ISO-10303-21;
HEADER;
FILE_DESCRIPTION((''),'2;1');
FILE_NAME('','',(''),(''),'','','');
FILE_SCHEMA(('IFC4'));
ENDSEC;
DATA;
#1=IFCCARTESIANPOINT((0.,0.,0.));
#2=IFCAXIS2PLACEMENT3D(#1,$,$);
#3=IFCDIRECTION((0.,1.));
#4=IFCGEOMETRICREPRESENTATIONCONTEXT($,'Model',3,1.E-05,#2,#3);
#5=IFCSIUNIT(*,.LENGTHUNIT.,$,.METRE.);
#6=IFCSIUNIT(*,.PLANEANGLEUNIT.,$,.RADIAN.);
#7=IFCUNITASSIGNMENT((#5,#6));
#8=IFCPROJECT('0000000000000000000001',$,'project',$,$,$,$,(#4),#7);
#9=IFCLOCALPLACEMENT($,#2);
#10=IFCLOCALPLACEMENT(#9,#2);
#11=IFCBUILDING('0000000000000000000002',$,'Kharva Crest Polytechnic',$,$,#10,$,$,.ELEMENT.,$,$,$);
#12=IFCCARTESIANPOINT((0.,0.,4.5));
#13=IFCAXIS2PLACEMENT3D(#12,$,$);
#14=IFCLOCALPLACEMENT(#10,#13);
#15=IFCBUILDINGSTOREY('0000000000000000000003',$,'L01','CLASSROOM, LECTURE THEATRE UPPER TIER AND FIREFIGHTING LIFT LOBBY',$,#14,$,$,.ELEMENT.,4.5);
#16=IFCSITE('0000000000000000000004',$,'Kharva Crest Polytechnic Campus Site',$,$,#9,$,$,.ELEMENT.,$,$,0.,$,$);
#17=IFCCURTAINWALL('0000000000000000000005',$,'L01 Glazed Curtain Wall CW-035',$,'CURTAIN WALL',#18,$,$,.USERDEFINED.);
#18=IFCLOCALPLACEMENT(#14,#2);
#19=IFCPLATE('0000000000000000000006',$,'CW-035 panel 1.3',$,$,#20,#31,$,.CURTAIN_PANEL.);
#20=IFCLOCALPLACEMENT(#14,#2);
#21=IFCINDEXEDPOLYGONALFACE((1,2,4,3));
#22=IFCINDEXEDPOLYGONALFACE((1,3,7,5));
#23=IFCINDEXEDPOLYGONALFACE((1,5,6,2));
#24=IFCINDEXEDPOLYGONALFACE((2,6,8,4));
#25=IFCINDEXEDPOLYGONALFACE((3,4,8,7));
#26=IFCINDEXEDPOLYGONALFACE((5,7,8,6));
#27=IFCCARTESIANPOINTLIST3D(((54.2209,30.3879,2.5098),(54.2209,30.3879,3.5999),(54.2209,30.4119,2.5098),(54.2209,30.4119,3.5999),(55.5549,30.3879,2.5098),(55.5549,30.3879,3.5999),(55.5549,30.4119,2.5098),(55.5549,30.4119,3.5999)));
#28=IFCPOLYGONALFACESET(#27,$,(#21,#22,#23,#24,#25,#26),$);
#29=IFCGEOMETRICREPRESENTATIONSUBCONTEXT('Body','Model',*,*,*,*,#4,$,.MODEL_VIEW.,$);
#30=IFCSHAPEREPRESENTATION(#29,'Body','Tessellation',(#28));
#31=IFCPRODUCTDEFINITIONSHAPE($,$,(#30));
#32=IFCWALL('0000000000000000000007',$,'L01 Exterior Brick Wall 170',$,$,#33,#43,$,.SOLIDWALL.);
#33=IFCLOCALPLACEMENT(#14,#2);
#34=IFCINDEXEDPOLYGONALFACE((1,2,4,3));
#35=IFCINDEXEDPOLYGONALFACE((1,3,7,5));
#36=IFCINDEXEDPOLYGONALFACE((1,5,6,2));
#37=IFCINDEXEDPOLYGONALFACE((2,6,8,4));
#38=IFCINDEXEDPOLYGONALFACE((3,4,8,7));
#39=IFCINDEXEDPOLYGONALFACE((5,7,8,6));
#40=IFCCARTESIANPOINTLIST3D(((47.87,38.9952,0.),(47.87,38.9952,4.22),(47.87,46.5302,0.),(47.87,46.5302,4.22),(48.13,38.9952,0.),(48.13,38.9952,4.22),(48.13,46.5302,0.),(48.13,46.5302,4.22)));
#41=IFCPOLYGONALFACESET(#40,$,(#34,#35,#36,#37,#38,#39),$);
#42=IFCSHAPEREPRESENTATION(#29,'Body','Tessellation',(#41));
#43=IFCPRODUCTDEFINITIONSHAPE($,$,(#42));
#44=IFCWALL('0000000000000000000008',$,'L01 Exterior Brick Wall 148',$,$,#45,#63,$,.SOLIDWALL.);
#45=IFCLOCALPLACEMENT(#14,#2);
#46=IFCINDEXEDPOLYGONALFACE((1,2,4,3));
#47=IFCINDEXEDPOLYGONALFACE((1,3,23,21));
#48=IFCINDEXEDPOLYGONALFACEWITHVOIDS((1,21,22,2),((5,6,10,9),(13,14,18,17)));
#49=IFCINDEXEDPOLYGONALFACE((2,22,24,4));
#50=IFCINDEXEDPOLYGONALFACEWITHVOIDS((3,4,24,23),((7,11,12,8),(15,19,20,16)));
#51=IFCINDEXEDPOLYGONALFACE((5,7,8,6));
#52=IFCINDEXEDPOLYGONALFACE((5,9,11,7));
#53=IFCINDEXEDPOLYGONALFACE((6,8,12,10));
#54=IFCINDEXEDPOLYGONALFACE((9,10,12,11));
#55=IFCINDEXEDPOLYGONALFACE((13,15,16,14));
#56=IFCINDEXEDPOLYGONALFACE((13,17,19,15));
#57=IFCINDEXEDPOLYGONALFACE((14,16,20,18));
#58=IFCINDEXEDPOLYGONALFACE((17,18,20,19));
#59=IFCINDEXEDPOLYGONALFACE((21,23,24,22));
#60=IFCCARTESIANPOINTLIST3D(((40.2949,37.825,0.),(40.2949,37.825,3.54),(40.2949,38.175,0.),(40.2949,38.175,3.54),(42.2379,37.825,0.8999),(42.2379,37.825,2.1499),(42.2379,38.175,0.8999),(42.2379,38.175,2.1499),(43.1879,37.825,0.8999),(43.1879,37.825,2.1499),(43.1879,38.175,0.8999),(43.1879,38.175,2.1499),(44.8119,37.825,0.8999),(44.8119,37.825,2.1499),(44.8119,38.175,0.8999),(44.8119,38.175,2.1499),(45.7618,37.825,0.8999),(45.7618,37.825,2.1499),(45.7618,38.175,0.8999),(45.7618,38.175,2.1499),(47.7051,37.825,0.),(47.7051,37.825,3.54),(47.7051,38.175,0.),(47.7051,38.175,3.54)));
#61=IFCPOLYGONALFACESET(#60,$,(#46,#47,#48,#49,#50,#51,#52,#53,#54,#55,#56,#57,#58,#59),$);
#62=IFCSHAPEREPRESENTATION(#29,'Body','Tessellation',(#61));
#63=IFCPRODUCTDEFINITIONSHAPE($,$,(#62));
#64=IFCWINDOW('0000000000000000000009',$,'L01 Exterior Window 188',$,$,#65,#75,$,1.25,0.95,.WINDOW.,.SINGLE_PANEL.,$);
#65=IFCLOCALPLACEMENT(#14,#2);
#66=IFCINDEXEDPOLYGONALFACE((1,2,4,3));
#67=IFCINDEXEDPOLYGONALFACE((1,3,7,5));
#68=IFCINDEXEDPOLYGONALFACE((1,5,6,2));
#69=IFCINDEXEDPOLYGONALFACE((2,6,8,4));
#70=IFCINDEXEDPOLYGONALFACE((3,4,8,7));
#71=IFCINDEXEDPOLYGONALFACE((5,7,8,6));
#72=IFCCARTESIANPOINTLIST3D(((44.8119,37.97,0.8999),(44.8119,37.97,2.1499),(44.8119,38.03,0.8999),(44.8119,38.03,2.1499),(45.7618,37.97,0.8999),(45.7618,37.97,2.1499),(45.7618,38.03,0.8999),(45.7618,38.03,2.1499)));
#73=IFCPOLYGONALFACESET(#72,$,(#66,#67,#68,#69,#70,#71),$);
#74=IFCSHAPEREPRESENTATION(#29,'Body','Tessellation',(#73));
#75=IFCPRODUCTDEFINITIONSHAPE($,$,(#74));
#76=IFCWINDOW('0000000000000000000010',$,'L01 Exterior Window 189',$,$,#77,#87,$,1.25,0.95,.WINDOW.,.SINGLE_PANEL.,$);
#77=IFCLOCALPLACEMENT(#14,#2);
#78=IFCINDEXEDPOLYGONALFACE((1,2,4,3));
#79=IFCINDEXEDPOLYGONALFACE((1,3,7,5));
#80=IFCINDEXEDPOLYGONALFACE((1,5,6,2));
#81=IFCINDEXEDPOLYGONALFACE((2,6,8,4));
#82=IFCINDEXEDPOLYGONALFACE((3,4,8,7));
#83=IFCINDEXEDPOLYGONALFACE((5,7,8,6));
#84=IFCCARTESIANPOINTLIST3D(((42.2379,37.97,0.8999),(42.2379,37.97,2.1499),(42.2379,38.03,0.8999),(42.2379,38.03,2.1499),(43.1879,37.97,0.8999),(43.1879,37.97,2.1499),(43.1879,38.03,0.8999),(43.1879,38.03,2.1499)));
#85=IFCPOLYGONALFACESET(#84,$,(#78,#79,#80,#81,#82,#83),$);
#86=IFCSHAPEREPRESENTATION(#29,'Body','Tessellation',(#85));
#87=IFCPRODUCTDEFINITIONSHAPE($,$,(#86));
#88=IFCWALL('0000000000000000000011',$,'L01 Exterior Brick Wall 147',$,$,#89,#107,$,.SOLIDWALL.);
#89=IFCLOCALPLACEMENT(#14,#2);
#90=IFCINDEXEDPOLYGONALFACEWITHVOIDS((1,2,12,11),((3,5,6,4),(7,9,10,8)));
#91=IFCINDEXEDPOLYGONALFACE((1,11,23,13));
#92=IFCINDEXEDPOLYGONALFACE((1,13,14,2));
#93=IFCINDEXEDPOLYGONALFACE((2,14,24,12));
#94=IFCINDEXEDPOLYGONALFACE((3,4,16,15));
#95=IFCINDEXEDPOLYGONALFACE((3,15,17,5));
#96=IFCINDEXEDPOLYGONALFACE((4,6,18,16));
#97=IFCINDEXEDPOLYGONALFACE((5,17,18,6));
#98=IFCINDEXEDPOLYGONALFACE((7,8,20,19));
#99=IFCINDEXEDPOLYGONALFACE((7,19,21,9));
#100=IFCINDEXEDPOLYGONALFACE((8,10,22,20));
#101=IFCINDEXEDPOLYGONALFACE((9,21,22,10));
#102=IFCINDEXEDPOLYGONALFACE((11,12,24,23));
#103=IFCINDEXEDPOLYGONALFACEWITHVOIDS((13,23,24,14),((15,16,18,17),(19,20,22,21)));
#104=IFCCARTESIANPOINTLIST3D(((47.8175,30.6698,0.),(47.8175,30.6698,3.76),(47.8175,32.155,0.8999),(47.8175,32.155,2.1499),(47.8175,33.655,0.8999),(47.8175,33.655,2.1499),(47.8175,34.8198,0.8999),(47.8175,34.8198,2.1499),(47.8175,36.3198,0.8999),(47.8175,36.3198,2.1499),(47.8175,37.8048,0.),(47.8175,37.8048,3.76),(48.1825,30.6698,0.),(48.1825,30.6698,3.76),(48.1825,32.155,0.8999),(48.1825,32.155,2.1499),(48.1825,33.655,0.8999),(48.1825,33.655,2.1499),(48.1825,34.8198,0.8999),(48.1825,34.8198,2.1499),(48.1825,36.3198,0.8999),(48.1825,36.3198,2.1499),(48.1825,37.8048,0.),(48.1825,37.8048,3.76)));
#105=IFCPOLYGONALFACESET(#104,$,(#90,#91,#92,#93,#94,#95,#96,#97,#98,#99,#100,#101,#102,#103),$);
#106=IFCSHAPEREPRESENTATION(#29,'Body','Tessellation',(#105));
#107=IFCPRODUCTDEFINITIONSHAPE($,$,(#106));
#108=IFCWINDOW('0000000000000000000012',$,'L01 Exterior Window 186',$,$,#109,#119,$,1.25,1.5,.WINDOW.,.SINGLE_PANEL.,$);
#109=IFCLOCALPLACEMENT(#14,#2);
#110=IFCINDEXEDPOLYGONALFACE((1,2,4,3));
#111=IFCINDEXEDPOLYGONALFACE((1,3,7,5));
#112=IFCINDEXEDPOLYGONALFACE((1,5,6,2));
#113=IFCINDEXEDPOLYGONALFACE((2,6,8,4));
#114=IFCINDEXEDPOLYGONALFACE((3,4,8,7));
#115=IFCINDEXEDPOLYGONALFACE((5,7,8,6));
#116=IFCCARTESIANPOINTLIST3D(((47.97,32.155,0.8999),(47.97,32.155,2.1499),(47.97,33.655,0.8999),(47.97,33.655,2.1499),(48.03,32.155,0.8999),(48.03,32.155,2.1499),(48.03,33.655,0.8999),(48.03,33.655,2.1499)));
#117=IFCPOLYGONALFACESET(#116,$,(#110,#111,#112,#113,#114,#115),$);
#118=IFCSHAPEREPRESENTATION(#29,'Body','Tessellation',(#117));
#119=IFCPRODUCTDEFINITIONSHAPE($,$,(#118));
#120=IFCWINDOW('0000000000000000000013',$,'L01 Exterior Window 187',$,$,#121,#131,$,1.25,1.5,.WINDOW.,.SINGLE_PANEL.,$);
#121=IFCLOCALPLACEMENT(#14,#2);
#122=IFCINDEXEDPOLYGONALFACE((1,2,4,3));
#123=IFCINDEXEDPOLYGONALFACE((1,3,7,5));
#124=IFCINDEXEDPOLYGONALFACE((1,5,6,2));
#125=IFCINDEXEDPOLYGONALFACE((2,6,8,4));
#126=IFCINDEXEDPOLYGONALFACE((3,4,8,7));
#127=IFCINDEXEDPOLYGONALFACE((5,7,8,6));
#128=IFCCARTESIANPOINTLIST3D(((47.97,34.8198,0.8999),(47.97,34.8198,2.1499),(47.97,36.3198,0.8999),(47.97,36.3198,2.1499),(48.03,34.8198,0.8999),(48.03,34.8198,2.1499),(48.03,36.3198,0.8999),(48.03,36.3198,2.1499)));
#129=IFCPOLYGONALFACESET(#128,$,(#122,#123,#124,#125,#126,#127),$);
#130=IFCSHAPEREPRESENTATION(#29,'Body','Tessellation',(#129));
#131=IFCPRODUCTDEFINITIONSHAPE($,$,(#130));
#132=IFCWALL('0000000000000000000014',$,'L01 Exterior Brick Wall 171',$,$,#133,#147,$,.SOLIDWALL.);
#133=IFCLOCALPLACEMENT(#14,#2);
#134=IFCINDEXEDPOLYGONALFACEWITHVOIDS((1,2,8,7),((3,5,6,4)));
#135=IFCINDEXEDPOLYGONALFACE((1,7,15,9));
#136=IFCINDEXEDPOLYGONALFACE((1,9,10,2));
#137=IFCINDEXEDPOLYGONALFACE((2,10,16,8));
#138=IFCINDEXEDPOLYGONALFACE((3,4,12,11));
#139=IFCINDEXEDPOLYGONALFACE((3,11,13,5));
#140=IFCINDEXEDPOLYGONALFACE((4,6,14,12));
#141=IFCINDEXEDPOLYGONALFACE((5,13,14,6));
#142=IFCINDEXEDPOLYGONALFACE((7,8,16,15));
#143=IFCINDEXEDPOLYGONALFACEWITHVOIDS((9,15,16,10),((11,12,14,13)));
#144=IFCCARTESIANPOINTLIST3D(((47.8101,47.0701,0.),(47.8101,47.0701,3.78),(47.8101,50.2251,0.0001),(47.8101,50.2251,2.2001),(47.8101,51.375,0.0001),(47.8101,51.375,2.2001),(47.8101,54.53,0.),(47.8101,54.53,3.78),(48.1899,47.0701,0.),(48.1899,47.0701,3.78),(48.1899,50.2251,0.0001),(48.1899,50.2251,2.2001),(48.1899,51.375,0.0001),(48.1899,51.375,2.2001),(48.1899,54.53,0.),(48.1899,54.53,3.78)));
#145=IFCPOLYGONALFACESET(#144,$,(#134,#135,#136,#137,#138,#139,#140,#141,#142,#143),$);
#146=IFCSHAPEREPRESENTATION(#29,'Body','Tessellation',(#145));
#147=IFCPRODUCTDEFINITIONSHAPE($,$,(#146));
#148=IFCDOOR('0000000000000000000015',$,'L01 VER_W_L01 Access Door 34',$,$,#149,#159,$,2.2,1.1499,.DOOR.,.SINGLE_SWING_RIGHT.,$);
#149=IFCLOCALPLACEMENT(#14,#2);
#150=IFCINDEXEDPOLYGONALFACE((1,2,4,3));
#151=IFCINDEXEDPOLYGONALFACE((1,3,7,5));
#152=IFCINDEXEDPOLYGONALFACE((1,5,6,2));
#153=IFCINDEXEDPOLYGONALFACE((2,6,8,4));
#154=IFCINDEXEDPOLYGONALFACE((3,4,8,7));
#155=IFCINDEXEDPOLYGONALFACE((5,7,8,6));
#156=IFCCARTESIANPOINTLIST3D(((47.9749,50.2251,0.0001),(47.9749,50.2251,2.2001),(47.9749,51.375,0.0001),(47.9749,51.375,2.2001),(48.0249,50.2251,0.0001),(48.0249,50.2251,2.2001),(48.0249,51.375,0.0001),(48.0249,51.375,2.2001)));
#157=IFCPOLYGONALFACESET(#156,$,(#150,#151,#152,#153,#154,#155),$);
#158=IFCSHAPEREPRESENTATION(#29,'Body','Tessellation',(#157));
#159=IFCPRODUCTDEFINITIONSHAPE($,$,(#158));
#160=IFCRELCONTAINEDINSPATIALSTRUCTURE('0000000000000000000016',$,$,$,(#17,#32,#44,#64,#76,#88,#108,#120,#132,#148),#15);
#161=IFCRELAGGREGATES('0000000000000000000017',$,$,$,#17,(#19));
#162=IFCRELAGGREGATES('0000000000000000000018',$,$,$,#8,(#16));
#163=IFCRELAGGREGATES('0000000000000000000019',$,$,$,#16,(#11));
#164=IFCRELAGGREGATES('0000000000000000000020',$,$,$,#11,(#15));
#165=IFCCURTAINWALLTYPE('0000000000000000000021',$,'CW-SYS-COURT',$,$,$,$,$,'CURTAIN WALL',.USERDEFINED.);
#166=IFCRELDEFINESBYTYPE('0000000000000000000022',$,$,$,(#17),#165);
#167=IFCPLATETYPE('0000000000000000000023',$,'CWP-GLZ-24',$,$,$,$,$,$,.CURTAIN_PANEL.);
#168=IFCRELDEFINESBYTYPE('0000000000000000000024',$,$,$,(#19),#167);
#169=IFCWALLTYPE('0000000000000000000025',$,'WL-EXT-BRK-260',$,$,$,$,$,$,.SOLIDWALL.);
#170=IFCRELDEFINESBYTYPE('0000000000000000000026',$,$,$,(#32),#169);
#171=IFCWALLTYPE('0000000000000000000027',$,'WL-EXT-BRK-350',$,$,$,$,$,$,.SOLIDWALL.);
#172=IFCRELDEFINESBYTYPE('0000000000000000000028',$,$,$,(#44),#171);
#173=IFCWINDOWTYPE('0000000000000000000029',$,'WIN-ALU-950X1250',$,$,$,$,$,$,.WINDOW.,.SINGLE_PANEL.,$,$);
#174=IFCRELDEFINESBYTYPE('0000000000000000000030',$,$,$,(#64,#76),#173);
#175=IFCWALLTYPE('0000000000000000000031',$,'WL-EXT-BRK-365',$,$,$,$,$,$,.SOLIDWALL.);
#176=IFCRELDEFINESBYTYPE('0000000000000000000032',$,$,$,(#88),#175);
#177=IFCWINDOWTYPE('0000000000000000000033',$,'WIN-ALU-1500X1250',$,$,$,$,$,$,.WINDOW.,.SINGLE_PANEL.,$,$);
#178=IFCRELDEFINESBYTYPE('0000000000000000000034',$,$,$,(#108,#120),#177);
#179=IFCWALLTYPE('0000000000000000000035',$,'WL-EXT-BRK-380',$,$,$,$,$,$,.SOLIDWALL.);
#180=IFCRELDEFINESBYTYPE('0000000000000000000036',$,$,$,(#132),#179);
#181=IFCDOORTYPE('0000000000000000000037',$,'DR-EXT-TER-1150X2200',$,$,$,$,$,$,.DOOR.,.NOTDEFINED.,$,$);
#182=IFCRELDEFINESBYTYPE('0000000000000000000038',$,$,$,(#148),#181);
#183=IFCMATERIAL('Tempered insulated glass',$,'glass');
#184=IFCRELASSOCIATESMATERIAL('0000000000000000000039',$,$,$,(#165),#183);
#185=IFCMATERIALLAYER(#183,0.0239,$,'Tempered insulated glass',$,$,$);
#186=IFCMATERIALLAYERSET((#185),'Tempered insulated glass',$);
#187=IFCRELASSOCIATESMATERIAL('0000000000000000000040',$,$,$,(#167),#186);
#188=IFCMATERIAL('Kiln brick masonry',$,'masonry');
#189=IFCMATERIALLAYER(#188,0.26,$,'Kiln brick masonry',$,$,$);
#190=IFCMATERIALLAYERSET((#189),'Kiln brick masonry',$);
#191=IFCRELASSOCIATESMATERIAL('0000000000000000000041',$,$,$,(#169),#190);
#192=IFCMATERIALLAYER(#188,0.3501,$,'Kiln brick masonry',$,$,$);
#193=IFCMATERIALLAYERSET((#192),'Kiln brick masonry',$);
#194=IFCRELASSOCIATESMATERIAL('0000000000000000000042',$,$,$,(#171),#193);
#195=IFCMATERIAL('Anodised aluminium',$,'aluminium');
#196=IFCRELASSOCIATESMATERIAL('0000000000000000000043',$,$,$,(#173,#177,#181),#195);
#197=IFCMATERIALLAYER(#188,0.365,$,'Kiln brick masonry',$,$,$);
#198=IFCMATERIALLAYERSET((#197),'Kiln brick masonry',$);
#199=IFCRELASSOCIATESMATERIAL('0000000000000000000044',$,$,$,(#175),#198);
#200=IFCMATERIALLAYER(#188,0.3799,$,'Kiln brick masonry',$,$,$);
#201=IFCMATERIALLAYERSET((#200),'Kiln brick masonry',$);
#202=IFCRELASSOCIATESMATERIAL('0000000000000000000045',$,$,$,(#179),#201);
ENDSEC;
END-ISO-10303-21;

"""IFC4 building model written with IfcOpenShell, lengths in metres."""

from ifc_helpers import new_model, si_unit, direction, frame, frame_2d, origin, origin_2d, place, context, subcontext, project, spatial, rectangle, extrude, material, layer, layer_set, type_object, element, fill, aggregate, save


model = new_model("IFC4")

# Units and contexts
model_context = context("Model", 3, precision=1e-05, world=origin(), true_north=direction((0.0, 1.0)))
body_context = subcontext(model_context, "Body", "Model", "MODEL_VIEW")
ifc_project = project(units=[si_unit("LENGTHUNIT", "METRE"), si_unit("PLANEANGLEUNIT", "RADIAN")], contexts=[model_context])

# Site, building, storey
site_placement = place(None, origin())
site = spatial("IfcSite", under=ifc_project, at=site_placement, Name="Kharva Crest Polytechnic Campus Site", CompositionType="ELEMENT", RefElevation=0.0)
building_placement = place(site_placement, origin())
building = spatial("IfcBuilding", under=site, at=building_placement, Name="Kharva Crest Polytechnic", CompositionType="ELEMENT")
storey_placement = place(building_placement, frame((0.0, 0.0, 4.5)))
storey = spatial("IfcBuildingStorey", under=building, at=storey_placement, Name="L01", Description="CLASSROOM, LECTURE THEATRE UPPER TIER AND FIREFIGHTING LIFT LOBBY", CompositionType="ELEMENT", Elevation=4.5)

# Curtain wall
ifc_material_1 = material(Name="Tempered insulated glass", Category="glass")
curtain_wall_type = type_object("IfcCurtainWallType", Name="CW-SYS-COURT", ElementType="CURTAIN WALL", PredefinedType="USERDEFINED", material=ifc_material_1)
curtain_wall_placement = place(storey_placement, origin())
curtain_wall = element("IfcCurtainWall", 1, at=curtain_wall_placement, inside=storey, type_object=curtain_wall_type, Name="L01 Glazed Curtain Wall CW-035", ObjectType="CURTAIN WALL", PredefinedType="USERDEFINED")

# Plate
ifc_layer_1 = layer(ifc_material_1, 0.0239, Name="Tempered insulated glass")
ifc_layer_set_1 = layer_set([ifc_layer_1], Name="Tempered insulated glass")
plate_type = type_object("IfcPlateType", Name="CWP-GLZ-24", PredefinedType="CURTAIN_PANEL", material=ifc_layer_set_1)
plate_1_placement = place(storey_placement, frame((54.8879, 30.3999, 2.5098), z_axis=(0.0, 0.0, 1.0), x_axis=(-1.0, 0.0, 0.0)))
plate_1 = element("IfcPlate", 2, at=plate_1_placement, type_object=plate_type, Name="CW-035 panel 1.3", PredefinedType="CURTAIN_PANEL", context=body_context, shape_type="SweptSolid", body=[
    extrude(rectangle(XDim=1.334, YDim=0.0239, at=origin_2d()), origin(), (0.0, 0.0, 1.0), 1.0901),
])
aggregate(curtain_wall, [plate_1])

# Wall
ifc_material_2 = material(Name="Kiln brick masonry", Category="masonry")
ifc_layer_2 = layer(ifc_material_2, 0.26, Name="Kiln brick masonry")
ifc_layer_set_2 = layer_set([ifc_layer_2], Name="Kiln brick masonry")
wall_type_1 = type_object("IfcWallType", Name="WL-EXT-BRK-260", PredefinedType="SOLIDWALL", material=ifc_layer_set_2)
wall_1_placement = place(storey_placement, frame((48.0, 38.9951, 0.0), z_axis=(0.0, 0.0, 1.0), x_axis=(0.0, 1.0, 0.0)))
element("IfcWall", 3, at=wall_1_placement, inside=storey, type_object=wall_type_1, Name="L01 Exterior Brick Wall 170", PredefinedType="SOLIDWALL", context=body_context, shape_type="SweptSolid", body=[
    extrude(rectangle(XDim=7.5349, YDim=0.26, at=frame_2d((3.7676, 0.0))), origin(), (0.0, 0.0, 1.0), 4.22),
])

# Walls, openings, windows
ifc_layer_3 = layer(ifc_material_2, 0.3501, Name="Kiln brick masonry")
ifc_layer_set_3 = layer_set([ifc_layer_3], Name="Kiln brick masonry")
wall_type_2 = type_object("IfcWallType", Name="WL-EXT-BRK-350", PredefinedType="SOLIDWALL", material=ifc_layer_set_3)
wall_2_placement = place(storey_placement, frame((47.7051, 38.0, 0.0), z_axis=(0.0, 0.0, 1.0), x_axis=(-1.0, 0.0, 0.0)))
wall_2 = element("IfcWall", 4, at=wall_2_placement, inside=storey, type_object=wall_type_2, Name="L01 Exterior Brick Wall 148", PredefinedType="SOLIDWALL", context=body_context, shape_type="SweptSolid", body=[
    extrude(rectangle(XDim=7.4102, YDim=0.3501, at=frame_2d((3.7051, 0.0))), origin(), (0.0, 0.0, 1.0), 3.54),
])
opening_1_placement = place(wall_2_placement, frame((1.9431, 0.0, 0.8999)))
opening_1 = element("IfcOpeningElement", 5, at=opening_1_placement, cuts=wall_2, PredefinedType="OPENING", context=body_context, shape_type="SweptSolid", body=[
    extrude(rectangle(XDim=0.95, YDim=1.25, at=frame_2d((0.4751, 0.625))), frame((0.0, 0.1851, 0.0), z_axis=(0.0, -1.0, 0.0), x_axis=(1.0, 0.0, 0.0)), (0.0, 0.0, 1.0), 0.3701),
])
opening_2_placement = place(wall_2_placement, frame((4.5171, 0.0, 0.8999)))
opening_2 = element("IfcOpeningElement", 6, at=opening_2_placement, cuts=wall_2, PredefinedType="OPENING", context=body_context, shape_type="SweptSolid", body=[
    extrude(rectangle(XDim=0.95, YDim=1.25, at=frame_2d((0.4751, 0.625))), frame((0.0, 0.1851, 0.0), z_axis=(0.0, -1.0, 0.0), x_axis=(1.0, 0.0, 0.0)), (0.0, 0.0, 1.0), 0.3701),
])
ifc_material_3 = material(Name="Anodised aluminium", Category="aluminium")
window_type_1 = type_object("IfcWindowType", Name="WIN-ALU-950X1250", PartitioningType="SINGLE_PANEL", PredefinedType="WINDOW", material=ifc_material_3)
window_1_placement = place(opening_1_placement, origin())
window_1 = element("IfcWindow", 7, at=window_1_placement, inside=storey, type_object=window_type_1, Name="L01 Exterior Window 188", OverallHeight=1.25, OverallWidth=0.95, PartitioningType="SINGLE_PANEL", PredefinedType="WINDOW", context=body_context, shape_type="SweptSolid", body=[
    extrude(rectangle(XDim=0.95, YDim=1.25, at=frame_2d((0.4751, 0.625))), frame((0.0, 0.03, 0.0), z_axis=(0.0, -1.0, 0.0), x_axis=(1.0, 0.0, 0.0)), (0.0, 0.0, 1.0), 0.0601),
])
fill(opening_1, window_1)
window_2_placement = place(opening_2_placement, origin())
window_2 = element("IfcWindow", 8, at=window_2_placement, inside=storey, type_object=window_type_1, Name="L01 Exterior Window 189", OverallHeight=1.25, OverallWidth=0.95, PartitioningType="SINGLE_PANEL", PredefinedType="WINDOW", context=body_context, shape_type="SweptSolid", body=[
    extrude(rectangle(XDim=0.95, YDim=1.25, at=frame_2d((0.4751, 0.625))), frame((0.0, 0.03, 0.0), z_axis=(0.0, -1.0, 0.0), x_axis=(1.0, 0.0, 0.0)), (0.0, 0.0, 1.0), 0.0601),
])
fill(opening_2, window_2)
ifc_layer_4 = layer(ifc_material_2, 0.365, Name="Kiln brick masonry")
ifc_layer_set_4 = layer_set([ifc_layer_4], Name="Kiln brick masonry")
wall_type_3 = type_object("IfcWallType", Name="WL-EXT-BRK-365", PredefinedType="SOLIDWALL", material=ifc_layer_set_4)
wall_3_placement = place(storey_placement, frame((48.0, 30.6699, 0.0), z_axis=(0.0, 0.0, 1.0), x_axis=(0.0, 1.0, 0.0)))
wall_3 = element("IfcWall", 9, at=wall_3_placement, inside=storey, type_object=wall_type_3, Name="L01 Exterior Brick Wall 147", PredefinedType="SOLIDWALL", context=body_context, shape_type="SweptSolid", body=[
    extrude(rectangle(XDim=7.135, YDim=0.365, at=frame_2d((3.5674, 0.0))), origin(), (0.0, 0.0, 1.0), 3.76),
])
opening_3_placement = place(wall_3_placement, frame((1.4851, 0.0, 0.8999)))
opening_3 = element("IfcOpeningElement", 10, at=opening_3_placement, cuts=wall_3, PredefinedType="OPENING", context=body_context, shape_type="SweptSolid", body=[
    extrude(rectangle(XDim=1.5, YDim=1.25, at=frame_2d((0.75, 0.625))), frame((0.0, 0.1924, 0.0), z_axis=(0.0, -1.0, 0.0), x_axis=(1.0, 0.0, 0.0)), (0.0, 0.0, 1.0), 0.385),
])
opening_4_placement = place(wall_3_placement, frame((4.1499, 0.0, 0.8999)))
opening_4 = element("IfcOpeningElement", 11, at=opening_4_placement, cuts=wall_3, PredefinedType="OPENING", context=body_context, shape_type="SweptSolid", body=[
    extrude(rectangle(XDim=1.5, YDim=1.25, at=frame_2d((0.75, 0.625))), frame((0.0, 0.1924, 0.0), z_axis=(0.0, -1.0, 0.0), x_axis=(1.0, 0.0, 0.0)), (0.0, 0.0, 1.0), 0.385),
])
window_type_2 = type_object("IfcWindowType", Name="WIN-ALU-1500X1250", PartitioningType="SINGLE_PANEL", PredefinedType="WINDOW", material=ifc_material_3)
window_3_placement = place(opening_3_placement, origin())
window_3 = element("IfcWindow", 12, at=window_3_placement, inside=storey, type_object=window_type_2, Name="L01 Exterior Window 186", OverallHeight=1.25, OverallWidth=1.5, PartitioningType="SINGLE_PANEL", PredefinedType="WINDOW", context=body_context, shape_type="SweptSolid", body=[
    extrude(rectangle(XDim=1.5, YDim=1.25, at=frame_2d((0.75, 0.625))), frame((0.0, 0.03, 0.0), z_axis=(0.0, -1.0, 0.0), x_axis=(1.0, 0.0, 0.0)), (0.0, 0.0, 1.0), 0.0601),
])
fill(opening_3, window_3)
window_4_placement = place(opening_4_placement, origin())
window_4 = element("IfcWindow", 13, at=window_4_placement, inside=storey, type_object=window_type_2, Name="L01 Exterior Window 187", OverallHeight=1.25, OverallWidth=1.5, PartitioningType="SINGLE_PANEL", PredefinedType="WINDOW", context=body_context, shape_type="SweptSolid", body=[
    extrude(rectangle(XDim=1.5, YDim=1.25, at=frame_2d((0.75, 0.625))), frame((0.0, 0.03, 0.0), z_axis=(0.0, -1.0, 0.0), x_axis=(1.0, 0.0, 0.0)), (0.0, 0.0, 1.0), 0.0601),
])
fill(opening_4, window_4)

# Wall, opening, door
ifc_layer_5 = layer(ifc_material_2, 0.3799, Name="Kiln brick masonry")
ifc_layer_set_5 = layer_set([ifc_layer_5], Name="Kiln brick masonry")
wall_type_4 = type_object("IfcWallType", Name="WL-EXT-BRK-380", PredefinedType="SOLIDWALL", material=ifc_layer_set_5)
wall_4_placement = place(storey_placement, frame((48.0, 47.0701, 0.0), z_axis=(0.0, 0.0, 1.0), x_axis=(0.0, 1.0, 0.0)))
wall_4 = element("IfcWall", 14, at=wall_4_placement, inside=storey, type_object=wall_type_4, Name="L01 Exterior Brick Wall 171", PredefinedType="SOLIDWALL", context=body_context, shape_type="SweptSolid", body=[
    extrude(rectangle(XDim=7.46, YDim=0.3799, at=frame_2d((3.73, 0.0))), origin(), (0.0, 0.0, 1.0), 3.78),
])
opening_5_placement = place(wall_4_placement, frame((3.155, 0.0, 0.0)))
opening_5 = element("IfcOpeningElement", 15, at=opening_5_placement, cuts=wall_4, PredefinedType="OPENING", context=body_context, shape_type="SweptSolid", body=[
    extrude(rectangle(XDim=1.1499, YDim=2.2, at=frame_2d((0.575, 1.1001))), frame((0.0, 0.2, 0.0), z_axis=(0.0, -1.0, 0.0), x_axis=(1.0, 0.0, 0.0)), (0.0, 0.0, 1.0), 0.3999),
])
door_type = type_object("IfcDoorType", Name="DR-EXT-TER-1150X2200", OperationType="NOTDEFINED", PredefinedType="DOOR", material=ifc_material_3)
door_placement = place(opening_5_placement, frame((1.1499, 0.0, 0.0), z_axis=(0.0, 0.0, 1.0), x_axis=(-1.0, 0.0, 0.0)))
door = element("IfcDoor", 16, at=door_placement, inside=storey, type_object=door_type, Name="L01 VER_W_L01 Access Door 34", OperationType="SINGLE_SWING_RIGHT", OverallHeight=2.2, OverallWidth=1.1499, PredefinedType="DOOR", context=body_context, shape_type="SweptSolid", body=[
    extrude(rectangle(XDim=1.1499, YDim=2.2, at=frame_2d((0.575, 1.1001))), frame((0.0, 0.0249, 0.0), z_axis=(0.0, -1.0, 0.0), x_axis=(1.0, 0.0, 0.0)), (0.0, 0.0, 1.0), 0.05),
])
fill(opening_5, door)

save(model, "model.ifc")
